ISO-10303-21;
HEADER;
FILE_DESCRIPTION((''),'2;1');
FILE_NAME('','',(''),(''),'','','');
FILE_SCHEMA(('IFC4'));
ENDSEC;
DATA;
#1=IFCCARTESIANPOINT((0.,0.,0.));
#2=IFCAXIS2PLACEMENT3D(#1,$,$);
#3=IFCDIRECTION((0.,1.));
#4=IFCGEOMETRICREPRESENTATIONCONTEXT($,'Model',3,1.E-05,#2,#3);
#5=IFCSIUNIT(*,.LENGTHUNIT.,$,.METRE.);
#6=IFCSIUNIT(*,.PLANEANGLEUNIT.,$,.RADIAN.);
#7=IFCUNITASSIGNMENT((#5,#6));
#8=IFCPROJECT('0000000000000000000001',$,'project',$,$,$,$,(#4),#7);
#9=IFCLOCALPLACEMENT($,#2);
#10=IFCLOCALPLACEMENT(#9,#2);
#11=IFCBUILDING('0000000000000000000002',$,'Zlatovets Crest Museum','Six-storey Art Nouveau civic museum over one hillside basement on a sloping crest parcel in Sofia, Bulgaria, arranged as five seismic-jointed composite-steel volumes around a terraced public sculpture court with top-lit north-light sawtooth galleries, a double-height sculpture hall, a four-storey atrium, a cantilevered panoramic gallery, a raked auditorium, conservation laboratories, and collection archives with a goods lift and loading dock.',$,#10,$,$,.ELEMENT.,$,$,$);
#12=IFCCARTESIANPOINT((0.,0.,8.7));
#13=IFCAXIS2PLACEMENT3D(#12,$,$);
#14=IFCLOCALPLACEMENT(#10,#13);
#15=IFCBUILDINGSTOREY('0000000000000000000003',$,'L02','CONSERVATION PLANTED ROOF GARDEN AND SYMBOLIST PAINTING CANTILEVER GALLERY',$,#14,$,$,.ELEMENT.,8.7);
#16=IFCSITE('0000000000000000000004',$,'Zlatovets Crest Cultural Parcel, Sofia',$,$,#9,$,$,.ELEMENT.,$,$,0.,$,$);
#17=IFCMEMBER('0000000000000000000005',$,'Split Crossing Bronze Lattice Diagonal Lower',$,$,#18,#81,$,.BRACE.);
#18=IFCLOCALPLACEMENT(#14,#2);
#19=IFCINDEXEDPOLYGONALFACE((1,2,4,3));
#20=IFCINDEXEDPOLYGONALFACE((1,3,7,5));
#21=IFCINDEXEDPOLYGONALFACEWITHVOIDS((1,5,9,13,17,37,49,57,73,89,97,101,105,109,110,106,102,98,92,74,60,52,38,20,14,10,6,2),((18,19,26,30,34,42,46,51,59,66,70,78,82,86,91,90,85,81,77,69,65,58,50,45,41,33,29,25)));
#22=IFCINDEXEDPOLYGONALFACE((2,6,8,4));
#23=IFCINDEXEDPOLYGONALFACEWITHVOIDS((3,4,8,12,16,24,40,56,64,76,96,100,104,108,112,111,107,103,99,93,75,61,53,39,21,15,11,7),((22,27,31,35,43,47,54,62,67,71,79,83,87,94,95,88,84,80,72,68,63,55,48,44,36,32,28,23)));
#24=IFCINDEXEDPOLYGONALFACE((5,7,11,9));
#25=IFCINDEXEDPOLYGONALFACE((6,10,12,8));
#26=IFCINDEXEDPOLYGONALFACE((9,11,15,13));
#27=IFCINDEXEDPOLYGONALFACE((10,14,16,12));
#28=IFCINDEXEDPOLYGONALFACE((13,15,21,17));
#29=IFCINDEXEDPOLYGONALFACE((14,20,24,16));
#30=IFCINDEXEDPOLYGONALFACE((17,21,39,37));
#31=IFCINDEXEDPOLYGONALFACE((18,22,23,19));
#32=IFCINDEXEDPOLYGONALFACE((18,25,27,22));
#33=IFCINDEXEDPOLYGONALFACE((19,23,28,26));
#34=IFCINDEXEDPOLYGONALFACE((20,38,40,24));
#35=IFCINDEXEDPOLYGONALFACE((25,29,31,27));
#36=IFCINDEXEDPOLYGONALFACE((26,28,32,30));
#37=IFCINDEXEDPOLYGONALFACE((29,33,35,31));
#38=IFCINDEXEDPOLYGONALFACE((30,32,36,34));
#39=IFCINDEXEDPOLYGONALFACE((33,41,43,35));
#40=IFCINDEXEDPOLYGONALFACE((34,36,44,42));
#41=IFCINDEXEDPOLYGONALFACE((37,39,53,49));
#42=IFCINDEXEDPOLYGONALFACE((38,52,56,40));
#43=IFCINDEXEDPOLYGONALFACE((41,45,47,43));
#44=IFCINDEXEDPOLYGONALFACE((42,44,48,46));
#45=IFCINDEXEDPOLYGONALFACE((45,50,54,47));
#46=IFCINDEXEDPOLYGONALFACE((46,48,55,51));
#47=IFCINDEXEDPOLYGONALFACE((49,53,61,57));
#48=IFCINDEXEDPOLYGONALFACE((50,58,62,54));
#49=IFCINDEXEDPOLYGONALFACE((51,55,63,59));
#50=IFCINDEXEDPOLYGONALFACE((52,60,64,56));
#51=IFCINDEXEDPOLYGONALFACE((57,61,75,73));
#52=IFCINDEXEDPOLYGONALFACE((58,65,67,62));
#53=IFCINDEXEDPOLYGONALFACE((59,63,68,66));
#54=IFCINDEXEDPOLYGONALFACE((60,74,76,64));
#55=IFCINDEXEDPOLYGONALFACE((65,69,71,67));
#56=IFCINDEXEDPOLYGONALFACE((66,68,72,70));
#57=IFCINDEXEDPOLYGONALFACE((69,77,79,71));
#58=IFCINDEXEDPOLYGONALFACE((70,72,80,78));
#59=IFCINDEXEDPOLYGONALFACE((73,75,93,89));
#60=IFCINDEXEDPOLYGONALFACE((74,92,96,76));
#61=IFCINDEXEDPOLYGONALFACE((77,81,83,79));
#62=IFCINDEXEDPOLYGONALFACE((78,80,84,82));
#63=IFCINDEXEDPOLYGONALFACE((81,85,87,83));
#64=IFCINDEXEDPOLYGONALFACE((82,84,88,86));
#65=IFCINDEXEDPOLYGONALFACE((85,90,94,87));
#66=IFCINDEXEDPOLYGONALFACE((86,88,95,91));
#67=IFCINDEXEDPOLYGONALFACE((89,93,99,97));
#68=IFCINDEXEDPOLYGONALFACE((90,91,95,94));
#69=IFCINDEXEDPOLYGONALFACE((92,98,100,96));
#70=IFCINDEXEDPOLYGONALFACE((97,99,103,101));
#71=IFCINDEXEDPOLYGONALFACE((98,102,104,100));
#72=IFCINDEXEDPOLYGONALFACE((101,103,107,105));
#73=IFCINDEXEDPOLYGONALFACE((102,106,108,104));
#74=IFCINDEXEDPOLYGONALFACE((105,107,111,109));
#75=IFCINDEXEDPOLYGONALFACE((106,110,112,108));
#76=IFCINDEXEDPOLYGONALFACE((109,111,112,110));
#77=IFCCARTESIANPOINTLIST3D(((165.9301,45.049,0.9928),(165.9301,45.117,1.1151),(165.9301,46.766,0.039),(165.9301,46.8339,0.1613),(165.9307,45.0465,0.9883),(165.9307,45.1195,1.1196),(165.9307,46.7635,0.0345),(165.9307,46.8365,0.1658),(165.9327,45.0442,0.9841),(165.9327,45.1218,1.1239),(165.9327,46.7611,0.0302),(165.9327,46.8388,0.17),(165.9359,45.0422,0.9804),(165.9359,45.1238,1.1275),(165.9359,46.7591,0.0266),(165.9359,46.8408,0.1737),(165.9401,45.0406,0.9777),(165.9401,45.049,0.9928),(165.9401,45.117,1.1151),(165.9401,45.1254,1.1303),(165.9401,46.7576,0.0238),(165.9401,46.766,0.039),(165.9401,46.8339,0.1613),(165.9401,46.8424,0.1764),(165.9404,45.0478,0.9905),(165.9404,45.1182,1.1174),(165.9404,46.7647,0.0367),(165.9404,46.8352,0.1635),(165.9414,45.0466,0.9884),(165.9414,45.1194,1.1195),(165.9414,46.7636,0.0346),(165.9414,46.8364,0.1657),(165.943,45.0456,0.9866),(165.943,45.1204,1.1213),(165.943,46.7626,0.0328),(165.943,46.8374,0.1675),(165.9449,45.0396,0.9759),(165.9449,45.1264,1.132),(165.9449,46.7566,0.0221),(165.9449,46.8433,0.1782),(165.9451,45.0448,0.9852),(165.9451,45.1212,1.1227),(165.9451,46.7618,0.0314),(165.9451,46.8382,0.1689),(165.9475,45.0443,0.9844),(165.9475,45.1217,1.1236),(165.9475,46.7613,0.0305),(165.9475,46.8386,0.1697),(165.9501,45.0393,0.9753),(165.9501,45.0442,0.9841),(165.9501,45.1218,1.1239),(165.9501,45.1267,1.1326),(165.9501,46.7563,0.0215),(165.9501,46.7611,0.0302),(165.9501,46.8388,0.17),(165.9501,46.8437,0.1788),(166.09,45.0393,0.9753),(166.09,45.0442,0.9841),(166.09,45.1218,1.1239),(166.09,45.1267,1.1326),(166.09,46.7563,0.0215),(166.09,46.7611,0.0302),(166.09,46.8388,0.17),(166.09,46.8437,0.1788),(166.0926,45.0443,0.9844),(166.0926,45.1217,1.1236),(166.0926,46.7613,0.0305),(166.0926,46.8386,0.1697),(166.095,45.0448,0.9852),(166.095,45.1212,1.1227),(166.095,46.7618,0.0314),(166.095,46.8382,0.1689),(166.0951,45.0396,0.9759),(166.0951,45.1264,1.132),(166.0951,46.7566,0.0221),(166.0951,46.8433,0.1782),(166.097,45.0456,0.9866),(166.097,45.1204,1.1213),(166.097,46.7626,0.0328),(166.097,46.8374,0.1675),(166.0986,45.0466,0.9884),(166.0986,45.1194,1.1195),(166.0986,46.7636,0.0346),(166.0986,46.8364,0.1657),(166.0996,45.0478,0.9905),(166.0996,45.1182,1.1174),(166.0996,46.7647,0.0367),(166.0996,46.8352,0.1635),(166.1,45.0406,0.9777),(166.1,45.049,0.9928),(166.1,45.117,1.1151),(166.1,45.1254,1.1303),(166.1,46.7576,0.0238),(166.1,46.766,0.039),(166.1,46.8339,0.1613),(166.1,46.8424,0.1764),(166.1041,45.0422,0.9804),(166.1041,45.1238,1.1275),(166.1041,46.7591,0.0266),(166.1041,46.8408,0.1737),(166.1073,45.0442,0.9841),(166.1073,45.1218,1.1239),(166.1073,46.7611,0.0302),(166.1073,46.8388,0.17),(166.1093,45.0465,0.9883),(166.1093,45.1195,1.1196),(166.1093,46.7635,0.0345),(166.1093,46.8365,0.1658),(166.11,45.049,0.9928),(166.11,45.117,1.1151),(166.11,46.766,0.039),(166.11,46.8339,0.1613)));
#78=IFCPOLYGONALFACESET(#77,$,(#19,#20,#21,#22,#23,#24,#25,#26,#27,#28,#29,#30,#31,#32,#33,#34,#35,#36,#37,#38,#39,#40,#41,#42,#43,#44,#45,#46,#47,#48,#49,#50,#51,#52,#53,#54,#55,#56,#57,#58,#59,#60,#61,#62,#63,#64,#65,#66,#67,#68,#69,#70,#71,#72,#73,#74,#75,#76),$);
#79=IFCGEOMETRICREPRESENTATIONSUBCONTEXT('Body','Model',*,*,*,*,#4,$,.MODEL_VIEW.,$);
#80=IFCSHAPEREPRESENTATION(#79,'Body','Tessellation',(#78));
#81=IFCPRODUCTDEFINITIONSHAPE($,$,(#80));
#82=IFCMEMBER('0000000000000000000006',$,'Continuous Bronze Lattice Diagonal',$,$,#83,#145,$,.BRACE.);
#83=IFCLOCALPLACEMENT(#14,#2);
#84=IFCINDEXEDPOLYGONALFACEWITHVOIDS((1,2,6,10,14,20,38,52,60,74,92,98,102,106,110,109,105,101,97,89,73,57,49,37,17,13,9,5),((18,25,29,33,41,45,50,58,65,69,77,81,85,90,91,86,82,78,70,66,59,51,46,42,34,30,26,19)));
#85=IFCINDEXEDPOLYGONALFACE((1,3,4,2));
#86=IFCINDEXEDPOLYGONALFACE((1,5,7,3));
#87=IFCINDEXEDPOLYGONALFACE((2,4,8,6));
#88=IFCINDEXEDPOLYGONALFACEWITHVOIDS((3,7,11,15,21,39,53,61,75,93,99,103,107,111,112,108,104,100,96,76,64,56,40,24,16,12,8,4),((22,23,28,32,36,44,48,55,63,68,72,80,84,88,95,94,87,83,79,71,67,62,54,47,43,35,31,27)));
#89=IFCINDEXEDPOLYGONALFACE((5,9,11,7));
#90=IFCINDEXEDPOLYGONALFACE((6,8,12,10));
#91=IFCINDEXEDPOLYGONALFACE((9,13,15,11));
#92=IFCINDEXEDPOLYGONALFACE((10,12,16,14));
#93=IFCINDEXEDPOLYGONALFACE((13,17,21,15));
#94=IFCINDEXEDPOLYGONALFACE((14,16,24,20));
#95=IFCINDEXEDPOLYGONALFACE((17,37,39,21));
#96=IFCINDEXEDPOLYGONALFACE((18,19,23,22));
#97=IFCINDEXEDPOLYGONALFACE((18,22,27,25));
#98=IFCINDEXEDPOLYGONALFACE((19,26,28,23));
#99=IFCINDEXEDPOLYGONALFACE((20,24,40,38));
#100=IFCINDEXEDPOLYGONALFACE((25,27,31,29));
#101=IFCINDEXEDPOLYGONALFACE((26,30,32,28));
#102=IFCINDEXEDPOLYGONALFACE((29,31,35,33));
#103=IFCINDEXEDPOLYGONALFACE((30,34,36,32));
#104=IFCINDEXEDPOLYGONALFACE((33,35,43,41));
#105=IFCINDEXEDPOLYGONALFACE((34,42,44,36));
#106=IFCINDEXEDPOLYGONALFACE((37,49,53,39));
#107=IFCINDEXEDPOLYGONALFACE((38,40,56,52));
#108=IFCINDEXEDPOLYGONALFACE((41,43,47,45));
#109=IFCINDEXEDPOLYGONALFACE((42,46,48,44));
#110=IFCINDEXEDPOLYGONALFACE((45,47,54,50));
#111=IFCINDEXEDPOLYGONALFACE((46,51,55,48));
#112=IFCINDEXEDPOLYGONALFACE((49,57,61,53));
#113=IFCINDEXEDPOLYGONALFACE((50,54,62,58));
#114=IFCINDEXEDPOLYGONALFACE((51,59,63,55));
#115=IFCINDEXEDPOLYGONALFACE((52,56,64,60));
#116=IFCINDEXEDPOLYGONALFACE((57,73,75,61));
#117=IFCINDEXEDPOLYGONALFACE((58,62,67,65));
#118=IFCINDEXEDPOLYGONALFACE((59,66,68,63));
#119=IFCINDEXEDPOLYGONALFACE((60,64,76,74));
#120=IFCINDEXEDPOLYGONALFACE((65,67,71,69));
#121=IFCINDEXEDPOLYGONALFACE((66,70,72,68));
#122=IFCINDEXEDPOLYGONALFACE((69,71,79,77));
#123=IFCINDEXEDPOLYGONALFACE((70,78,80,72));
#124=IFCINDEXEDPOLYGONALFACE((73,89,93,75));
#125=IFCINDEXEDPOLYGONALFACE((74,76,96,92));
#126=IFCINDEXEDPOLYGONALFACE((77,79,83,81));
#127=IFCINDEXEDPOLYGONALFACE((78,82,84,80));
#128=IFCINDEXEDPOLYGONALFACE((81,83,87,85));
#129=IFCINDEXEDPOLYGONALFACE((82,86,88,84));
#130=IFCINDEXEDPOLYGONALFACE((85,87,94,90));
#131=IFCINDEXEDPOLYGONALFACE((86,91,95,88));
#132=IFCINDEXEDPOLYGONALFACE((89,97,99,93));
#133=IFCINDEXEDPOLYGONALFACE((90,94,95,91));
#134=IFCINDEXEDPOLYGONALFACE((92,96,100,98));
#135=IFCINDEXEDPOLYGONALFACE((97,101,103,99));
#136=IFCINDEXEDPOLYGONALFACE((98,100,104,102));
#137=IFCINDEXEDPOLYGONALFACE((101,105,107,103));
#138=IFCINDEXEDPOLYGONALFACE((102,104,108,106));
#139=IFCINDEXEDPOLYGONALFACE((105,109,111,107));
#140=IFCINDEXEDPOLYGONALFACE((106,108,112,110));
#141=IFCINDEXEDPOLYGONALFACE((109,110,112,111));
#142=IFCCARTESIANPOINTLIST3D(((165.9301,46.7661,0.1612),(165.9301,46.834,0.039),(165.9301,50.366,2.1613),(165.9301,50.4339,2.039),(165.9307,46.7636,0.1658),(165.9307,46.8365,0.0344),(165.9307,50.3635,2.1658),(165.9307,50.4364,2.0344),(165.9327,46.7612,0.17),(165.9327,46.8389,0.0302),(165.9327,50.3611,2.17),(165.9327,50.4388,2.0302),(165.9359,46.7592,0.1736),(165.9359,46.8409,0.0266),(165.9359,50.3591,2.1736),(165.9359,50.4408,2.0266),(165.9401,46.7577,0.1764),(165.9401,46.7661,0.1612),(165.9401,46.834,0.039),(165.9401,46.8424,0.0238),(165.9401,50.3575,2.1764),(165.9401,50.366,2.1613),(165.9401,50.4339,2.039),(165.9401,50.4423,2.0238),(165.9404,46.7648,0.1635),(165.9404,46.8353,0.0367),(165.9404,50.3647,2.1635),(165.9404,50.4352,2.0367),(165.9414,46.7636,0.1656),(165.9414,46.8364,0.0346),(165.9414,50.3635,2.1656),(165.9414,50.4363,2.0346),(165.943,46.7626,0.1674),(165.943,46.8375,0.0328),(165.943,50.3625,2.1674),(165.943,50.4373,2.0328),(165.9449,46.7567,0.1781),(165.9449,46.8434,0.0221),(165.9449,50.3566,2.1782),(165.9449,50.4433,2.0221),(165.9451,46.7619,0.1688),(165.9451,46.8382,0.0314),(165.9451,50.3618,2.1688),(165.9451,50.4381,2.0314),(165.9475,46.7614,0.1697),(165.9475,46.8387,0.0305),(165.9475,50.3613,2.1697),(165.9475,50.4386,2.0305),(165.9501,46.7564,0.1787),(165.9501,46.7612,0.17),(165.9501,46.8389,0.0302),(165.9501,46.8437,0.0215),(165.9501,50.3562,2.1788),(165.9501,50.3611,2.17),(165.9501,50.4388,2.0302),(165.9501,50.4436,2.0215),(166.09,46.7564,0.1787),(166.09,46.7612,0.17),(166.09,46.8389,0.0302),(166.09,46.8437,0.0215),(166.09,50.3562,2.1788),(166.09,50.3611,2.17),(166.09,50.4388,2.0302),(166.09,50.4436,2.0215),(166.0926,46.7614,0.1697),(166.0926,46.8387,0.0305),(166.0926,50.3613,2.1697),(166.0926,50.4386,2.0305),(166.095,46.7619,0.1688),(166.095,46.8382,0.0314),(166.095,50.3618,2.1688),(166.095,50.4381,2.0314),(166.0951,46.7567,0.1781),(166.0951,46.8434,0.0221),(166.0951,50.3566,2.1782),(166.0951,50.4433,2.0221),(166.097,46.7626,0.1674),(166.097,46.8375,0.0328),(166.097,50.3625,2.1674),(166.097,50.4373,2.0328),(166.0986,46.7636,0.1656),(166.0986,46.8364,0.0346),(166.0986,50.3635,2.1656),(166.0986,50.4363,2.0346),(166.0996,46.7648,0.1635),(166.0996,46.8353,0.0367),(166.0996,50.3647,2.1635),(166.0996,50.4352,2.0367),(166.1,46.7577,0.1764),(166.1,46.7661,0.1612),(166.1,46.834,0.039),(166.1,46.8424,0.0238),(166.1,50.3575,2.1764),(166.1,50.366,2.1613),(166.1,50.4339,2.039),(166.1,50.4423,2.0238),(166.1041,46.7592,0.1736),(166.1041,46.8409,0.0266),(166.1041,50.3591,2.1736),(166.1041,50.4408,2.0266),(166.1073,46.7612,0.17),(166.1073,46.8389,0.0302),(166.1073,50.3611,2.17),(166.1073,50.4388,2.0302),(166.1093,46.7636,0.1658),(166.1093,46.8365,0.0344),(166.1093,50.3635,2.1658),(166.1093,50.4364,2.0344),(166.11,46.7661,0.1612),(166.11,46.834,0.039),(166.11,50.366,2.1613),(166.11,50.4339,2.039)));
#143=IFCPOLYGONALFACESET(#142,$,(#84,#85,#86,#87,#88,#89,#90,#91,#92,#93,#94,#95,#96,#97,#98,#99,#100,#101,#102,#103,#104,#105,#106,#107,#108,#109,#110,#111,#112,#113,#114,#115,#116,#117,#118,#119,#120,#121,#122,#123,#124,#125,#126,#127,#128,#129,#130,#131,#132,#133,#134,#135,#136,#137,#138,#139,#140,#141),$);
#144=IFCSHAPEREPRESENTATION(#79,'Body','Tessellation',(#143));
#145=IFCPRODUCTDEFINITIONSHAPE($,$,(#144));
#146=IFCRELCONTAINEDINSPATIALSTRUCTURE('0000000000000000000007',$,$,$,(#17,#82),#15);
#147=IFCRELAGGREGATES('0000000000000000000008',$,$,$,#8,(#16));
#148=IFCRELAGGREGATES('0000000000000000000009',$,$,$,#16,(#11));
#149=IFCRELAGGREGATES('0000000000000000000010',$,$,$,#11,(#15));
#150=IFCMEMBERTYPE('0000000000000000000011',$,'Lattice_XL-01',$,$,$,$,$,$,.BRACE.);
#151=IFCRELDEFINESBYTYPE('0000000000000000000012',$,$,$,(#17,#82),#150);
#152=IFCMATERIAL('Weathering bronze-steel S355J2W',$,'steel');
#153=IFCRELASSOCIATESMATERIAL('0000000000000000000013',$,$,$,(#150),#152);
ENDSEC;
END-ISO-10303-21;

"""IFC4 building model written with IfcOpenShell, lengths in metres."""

from ifc_helpers import new_model, si_unit, direction, frame, origin, origin_2d, place, context, subcontext, project, spatial, hollow_rectangle, extrude, material, material_profile, profile_set, type_object, element, save


model = new_model("IFC4")

# Units and contexts
model_context = context("Model", 3, precision=1e-05, world=origin(), true_north=direction((0.0, 1.0)))
body_context = subcontext(model_context, "Body", "Model", "MODEL_VIEW")
ifc_project = project(units=[si_unit("LENGTHUNIT", "METRE"), si_unit("PLANEANGLEUNIT", "RADIAN")], contexts=[model_context])

# Site, building, storey
site_placement = place(None, origin())
site = spatial("IfcSite", under=ifc_project, at=site_placement, Name="Zlatovets Crest Cultural Parcel, Sofia", CompositionType="ELEMENT", RefElevation=0.0)
building_placement = place(site_placement, origin())
building = spatial("IfcBuilding", under=site, at=building_placement, Name="Zlatovets Crest Museum", Description="Six-storey Art Nouveau civic museum over one hillside basement on a sloping crest parcel in Sofia, Bulgaria, arranged as five seismic-jointed composite-steel volumes around a terraced public sculpture court with top-lit north-light sawtooth galleries, a double-height sculpture hall, a four-storey atrium, a cantilevered panoramic gallery, a raked auditorium, conservation laboratories, and collection archives with a goods lift and loading dock.", CompositionType="ELEMENT")
storey_placement = place(building_placement, frame((0.0, 0.0, 8.7)))
storey = spatial("IfcBuildingStorey", under=building, at=storey_placement, Name="L02", Description="CONSERVATION PLANTED ROOF GARDEN AND SYMBOLIST PAINTING CANTILEVER GALLERY", CompositionType="ELEMENT", Elevation=8.7)

# Members
ifc_material_1 = material(Name="Weathering bronze-steel S355J2W", Category="steel")
ifc_material_profile_1 = material_profile(ifc_material_1, hollow_rectangle(XDim=0.1799, YDim=0.1799, WallThickness=0.01, InnerFilletRadius=0.01, OuterFilletRadius=0.02, at=origin_2d()), Name="SHS 180x180x10.0")
ifc_profile_set_1 = profile_set([ifc_material_profile_1], Name="Weathering bronze-steel S355J2W")
member_type_1 = type_object("IfcMemberType", Name="Lattice_XL-01", PredefinedType="BRACE", material=ifc_profile_set_1)
for number, where, z_axis, x_axis, name in (
    (1, (166.02, 45.083, 1.054), (0.0, 0.874169, -0.485622), (-1.0, 0.0, 0.0), "Split Crossing Bronze Lattice Diagonal Lower"),
):
    element("IfcMember", number, at=place(storey_placement, frame(where, z_axis=z_axis, x_axis=x_axis)), inside=storey, type_object=member_type_1, Name=name, PredefinedType="BRACE", context=body_context, shape_type="SweptSolid", body=[
        extrude(hollow_rectangle(XDim=0.1799, YDim=0.1799, WallThickness=0.01, InnerFilletRadius=0.01, OuterFilletRadius=0.02, at=origin_2d()), origin(), (0.0, 0.0, 1.0), 1.9641),
    ])
member_1_placement = place(storey_placement, frame((166.02, 46.8, 0.1001), z_axis=(0.0, 0.874149, 0.485658), x_axis=(-1.0, 0.0, 0.0)))
element("IfcMember", 2, at=member_1_placement, inside=storey, type_object=member_type_1, Name="Continuous Bronze Lattice Diagonal", PredefinedType="BRACE", context=body_context, shape_type="SweptSolid", body=[
    extrude(hollow_rectangle(XDim=0.1799, YDim=0.1799, WallThickness=0.01, InnerFilletRadius=0.01, OuterFilletRadius=0.02, at=origin_2d()), origin(), (0.0, 0.0, 1.0), 4.1182),
])

save(model, "model.ifc")
